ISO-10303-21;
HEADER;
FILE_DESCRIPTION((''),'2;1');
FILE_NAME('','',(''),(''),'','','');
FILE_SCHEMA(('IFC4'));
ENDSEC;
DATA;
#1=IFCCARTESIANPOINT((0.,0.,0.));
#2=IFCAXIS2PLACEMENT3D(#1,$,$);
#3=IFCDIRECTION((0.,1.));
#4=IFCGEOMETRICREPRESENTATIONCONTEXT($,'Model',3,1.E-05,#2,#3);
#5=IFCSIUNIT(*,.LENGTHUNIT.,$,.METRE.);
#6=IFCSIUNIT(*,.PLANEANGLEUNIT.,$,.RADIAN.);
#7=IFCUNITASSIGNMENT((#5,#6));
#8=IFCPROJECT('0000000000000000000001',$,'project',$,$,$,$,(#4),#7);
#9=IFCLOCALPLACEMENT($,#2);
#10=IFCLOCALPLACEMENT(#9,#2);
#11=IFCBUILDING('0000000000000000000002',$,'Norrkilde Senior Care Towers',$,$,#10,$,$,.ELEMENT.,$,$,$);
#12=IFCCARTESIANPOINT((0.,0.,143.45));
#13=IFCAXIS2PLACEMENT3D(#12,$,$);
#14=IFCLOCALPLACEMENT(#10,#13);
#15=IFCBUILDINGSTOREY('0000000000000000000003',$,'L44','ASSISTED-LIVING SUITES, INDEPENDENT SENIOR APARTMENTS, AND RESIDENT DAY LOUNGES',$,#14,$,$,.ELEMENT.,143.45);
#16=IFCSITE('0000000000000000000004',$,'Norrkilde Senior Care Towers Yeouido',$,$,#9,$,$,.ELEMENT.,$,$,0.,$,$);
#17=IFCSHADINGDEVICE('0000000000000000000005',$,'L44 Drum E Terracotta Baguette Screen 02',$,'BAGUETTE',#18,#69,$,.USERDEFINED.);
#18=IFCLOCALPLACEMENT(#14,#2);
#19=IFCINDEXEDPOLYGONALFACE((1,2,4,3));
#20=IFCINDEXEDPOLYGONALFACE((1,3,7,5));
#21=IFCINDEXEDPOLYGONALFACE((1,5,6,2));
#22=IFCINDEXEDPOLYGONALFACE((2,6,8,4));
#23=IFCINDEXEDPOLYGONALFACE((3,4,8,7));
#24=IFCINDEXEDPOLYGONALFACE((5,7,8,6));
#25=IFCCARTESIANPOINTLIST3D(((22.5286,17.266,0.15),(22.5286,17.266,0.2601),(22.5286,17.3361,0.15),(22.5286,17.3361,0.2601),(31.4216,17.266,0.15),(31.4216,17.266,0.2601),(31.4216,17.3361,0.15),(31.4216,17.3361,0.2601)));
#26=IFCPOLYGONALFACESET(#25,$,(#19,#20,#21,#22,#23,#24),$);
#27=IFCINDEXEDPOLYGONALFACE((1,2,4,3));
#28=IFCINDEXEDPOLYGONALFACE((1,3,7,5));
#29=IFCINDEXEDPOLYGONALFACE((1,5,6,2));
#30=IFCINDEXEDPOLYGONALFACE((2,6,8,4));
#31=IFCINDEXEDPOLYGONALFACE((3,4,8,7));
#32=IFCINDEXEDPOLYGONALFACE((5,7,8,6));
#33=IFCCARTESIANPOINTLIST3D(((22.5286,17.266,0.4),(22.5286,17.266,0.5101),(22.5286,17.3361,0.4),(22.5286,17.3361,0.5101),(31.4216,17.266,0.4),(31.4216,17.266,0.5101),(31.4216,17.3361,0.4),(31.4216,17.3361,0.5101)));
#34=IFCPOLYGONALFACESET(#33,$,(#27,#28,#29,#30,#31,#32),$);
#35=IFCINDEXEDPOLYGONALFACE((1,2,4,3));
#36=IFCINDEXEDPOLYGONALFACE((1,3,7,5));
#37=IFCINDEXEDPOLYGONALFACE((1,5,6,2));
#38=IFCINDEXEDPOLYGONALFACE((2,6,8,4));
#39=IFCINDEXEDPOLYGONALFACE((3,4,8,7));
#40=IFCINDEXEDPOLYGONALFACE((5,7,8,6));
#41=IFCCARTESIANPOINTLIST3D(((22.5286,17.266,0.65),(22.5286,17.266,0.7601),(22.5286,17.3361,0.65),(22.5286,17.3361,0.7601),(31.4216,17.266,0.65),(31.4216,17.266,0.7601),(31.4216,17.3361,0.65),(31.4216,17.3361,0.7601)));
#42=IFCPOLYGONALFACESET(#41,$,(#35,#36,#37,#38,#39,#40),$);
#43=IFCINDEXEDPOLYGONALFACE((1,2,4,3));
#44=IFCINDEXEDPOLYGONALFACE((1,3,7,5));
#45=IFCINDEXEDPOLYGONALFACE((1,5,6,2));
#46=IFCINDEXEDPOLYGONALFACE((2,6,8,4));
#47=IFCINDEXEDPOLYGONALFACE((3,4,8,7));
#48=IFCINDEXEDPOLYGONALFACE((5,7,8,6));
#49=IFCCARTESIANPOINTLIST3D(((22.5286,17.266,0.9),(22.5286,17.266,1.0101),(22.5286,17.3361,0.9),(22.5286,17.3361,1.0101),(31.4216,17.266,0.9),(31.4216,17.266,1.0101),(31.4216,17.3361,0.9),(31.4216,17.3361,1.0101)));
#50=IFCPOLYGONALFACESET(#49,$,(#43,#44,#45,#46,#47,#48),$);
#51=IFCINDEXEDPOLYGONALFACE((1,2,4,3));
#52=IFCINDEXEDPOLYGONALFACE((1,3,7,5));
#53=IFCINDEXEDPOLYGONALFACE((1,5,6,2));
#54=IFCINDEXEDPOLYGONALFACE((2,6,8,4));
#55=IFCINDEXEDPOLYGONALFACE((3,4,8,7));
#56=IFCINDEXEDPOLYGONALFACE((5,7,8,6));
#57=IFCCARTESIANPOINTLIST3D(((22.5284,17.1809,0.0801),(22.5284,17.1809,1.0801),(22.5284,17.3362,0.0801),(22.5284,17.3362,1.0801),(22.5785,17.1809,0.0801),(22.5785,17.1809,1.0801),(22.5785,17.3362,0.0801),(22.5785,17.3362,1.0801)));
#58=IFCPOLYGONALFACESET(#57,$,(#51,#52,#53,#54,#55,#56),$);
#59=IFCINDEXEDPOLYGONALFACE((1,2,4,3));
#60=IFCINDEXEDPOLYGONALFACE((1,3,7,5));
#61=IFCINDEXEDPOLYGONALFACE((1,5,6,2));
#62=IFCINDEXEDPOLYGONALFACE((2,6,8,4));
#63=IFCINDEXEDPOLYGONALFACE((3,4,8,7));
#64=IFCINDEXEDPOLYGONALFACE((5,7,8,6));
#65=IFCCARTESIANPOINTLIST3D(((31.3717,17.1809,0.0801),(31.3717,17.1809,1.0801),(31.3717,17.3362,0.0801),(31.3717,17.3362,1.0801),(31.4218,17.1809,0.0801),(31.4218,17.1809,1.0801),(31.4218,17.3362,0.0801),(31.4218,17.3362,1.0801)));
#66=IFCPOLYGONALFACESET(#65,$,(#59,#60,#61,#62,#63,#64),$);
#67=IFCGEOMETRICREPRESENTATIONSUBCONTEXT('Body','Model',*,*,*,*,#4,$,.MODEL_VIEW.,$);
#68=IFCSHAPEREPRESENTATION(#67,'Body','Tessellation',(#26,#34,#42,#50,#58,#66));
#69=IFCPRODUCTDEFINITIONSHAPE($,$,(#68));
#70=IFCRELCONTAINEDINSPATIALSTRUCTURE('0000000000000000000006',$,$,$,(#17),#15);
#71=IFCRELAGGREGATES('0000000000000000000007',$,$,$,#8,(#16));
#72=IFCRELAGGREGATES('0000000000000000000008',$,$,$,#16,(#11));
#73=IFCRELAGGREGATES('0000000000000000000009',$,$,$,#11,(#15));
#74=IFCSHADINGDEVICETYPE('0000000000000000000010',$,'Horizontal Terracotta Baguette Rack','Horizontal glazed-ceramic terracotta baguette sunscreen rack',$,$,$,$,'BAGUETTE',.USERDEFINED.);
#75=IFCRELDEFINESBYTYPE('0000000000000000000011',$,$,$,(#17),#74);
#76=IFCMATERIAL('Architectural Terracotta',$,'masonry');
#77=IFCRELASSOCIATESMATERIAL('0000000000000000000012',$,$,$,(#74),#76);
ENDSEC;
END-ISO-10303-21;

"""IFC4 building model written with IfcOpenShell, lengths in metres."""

from ifc_helpers import new_model, si_unit, direction, frame, origin, origin_2d, place, context, subcontext, project, spatial, rectangle, extrude, source, transform, mapped, material, type_object, type_shapes, element, save


model = new_model("IFC4")

# Units and contexts
model_context = context("Model", 3, precision=1e-05, world=origin(), true_north=direction((0.0, 1.0)))
body_context = subcontext(model_context, "Body", "Model", "MODEL_VIEW")
ifc_project = project(units=[si_unit("LENGTHUNIT", "METRE"), si_unit("PLANEANGLEUNIT", "RADIAN")], contexts=[model_context])

# Site, building, storey
site_placement = place(None, origin())
site = spatial("IfcSite", under=ifc_project, at=site_placement, Name="Norrkilde Senior Care Towers Yeouido", CompositionType="ELEMENT", RefElevation=0.0)
building_placement = place(site_placement, origin())
building = spatial("IfcBuilding", under=site, at=building_placement, Name="Norrkilde Senior Care Towers", CompositionType="ELEMENT")
storey_placement = place(building_placement, frame((0.0, 0.0, 143.45)))
storey = spatial("IfcBuildingStorey", under=building, at=storey_placement, Name="L44", Description="ASSISTED-LIVING SUITES, INDEPENDENT SENIOR APARTMENTS, AND RESIDENT DAY LOUNGES", CompositionType="ELEMENT", Elevation=143.45)

# Shading device
ifc_material_1 = material(Name="Architectural Terracotta", Category="masonry")
shading_device_type = type_object("IfcShadingDeviceType", Name="Horizontal Terracotta Baguette Rack", Description="Horizontal glazed-ceramic terracotta baguette sunscreen rack", ElementType="BAGUETTE", PredefinedType="USERDEFINED", material=ifc_material_1)
shared_shape_1 = source(origin(), body_context, "Body", "SweptSolid", [
    extrude(rectangle(XDim=0.0701, YDim=0.1101, at=origin_2d()), frame((0.0, 0.0901, 0.125), z_axis=(1.0, 0.0, 0.0), x_axis=(0.0, 1.0, 0.0)), (0.0, 0.0, 1.0), 8.8931),
    extrude(rectangle(XDim=0.0701, YDim=0.1101, at=origin_2d()), frame((0.0, 0.0901, 0.375), z_axis=(1.0, 0.0, 0.0), x_axis=(0.0, 1.0, 0.0)), (0.0, 0.0, 1.0), 8.8931),
    extrude(rectangle(XDim=0.0701, YDim=0.1101, at=origin_2d()), frame((0.0, 0.0901, 0.625), z_axis=(1.0, 0.0, 0.0), x_axis=(0.0, 1.0, 0.0)), (0.0, 0.0, 1.0), 8.8931),
    extrude(rectangle(XDim=0.0701, YDim=0.1101, at=origin_2d()), frame((0.0, 0.0901, 0.875), z_axis=(1.0, 0.0, 0.0), x_axis=(0.0, 1.0, 0.0)), (0.0, 0.0, 1.0), 8.8931),
    extrude(rectangle(XDim=0.05, YDim=0.1553, at=origin_2d()), frame((0.0249, 0.0476, 0.0)), (0.0, 0.0, 1.0), 1.0),
    extrude(rectangle(XDim=0.05, YDim=0.1553, at=origin_2d()), frame((8.8682, 0.0476, 0.0)), (0.0, 0.0, 1.0), 1.0),
])
type_shapes(shading_device_type, [shared_shape_1])
shading_device_placement = place(storey_placement, frame((22.5286, 17.2109, 0.0801), z_axis=(0.0, 0.0, 1.0), x_axis=(1.0, 0.0, 0.0)))
element("IfcShadingDevice", 1, at=shading_device_placement, inside=storey, type_object=shading_device_type, Name="L44 Drum E Terracotta Baguette Screen 02", ObjectType="BAGUETTE", PredefinedType="USERDEFINED", context=body_context, shape_type="MappedRepresentation", body=[
    mapped(shared_shape_1, transform((0.0, 0.0, 0.0), x_axis=(1.0, 0.0, 0.0), y_axis=(0.0, 1.0, 0.0), z_axis=(0.0, 0.0, 1.0), scale=1.0)),
])

save(model, "model.ifc")
